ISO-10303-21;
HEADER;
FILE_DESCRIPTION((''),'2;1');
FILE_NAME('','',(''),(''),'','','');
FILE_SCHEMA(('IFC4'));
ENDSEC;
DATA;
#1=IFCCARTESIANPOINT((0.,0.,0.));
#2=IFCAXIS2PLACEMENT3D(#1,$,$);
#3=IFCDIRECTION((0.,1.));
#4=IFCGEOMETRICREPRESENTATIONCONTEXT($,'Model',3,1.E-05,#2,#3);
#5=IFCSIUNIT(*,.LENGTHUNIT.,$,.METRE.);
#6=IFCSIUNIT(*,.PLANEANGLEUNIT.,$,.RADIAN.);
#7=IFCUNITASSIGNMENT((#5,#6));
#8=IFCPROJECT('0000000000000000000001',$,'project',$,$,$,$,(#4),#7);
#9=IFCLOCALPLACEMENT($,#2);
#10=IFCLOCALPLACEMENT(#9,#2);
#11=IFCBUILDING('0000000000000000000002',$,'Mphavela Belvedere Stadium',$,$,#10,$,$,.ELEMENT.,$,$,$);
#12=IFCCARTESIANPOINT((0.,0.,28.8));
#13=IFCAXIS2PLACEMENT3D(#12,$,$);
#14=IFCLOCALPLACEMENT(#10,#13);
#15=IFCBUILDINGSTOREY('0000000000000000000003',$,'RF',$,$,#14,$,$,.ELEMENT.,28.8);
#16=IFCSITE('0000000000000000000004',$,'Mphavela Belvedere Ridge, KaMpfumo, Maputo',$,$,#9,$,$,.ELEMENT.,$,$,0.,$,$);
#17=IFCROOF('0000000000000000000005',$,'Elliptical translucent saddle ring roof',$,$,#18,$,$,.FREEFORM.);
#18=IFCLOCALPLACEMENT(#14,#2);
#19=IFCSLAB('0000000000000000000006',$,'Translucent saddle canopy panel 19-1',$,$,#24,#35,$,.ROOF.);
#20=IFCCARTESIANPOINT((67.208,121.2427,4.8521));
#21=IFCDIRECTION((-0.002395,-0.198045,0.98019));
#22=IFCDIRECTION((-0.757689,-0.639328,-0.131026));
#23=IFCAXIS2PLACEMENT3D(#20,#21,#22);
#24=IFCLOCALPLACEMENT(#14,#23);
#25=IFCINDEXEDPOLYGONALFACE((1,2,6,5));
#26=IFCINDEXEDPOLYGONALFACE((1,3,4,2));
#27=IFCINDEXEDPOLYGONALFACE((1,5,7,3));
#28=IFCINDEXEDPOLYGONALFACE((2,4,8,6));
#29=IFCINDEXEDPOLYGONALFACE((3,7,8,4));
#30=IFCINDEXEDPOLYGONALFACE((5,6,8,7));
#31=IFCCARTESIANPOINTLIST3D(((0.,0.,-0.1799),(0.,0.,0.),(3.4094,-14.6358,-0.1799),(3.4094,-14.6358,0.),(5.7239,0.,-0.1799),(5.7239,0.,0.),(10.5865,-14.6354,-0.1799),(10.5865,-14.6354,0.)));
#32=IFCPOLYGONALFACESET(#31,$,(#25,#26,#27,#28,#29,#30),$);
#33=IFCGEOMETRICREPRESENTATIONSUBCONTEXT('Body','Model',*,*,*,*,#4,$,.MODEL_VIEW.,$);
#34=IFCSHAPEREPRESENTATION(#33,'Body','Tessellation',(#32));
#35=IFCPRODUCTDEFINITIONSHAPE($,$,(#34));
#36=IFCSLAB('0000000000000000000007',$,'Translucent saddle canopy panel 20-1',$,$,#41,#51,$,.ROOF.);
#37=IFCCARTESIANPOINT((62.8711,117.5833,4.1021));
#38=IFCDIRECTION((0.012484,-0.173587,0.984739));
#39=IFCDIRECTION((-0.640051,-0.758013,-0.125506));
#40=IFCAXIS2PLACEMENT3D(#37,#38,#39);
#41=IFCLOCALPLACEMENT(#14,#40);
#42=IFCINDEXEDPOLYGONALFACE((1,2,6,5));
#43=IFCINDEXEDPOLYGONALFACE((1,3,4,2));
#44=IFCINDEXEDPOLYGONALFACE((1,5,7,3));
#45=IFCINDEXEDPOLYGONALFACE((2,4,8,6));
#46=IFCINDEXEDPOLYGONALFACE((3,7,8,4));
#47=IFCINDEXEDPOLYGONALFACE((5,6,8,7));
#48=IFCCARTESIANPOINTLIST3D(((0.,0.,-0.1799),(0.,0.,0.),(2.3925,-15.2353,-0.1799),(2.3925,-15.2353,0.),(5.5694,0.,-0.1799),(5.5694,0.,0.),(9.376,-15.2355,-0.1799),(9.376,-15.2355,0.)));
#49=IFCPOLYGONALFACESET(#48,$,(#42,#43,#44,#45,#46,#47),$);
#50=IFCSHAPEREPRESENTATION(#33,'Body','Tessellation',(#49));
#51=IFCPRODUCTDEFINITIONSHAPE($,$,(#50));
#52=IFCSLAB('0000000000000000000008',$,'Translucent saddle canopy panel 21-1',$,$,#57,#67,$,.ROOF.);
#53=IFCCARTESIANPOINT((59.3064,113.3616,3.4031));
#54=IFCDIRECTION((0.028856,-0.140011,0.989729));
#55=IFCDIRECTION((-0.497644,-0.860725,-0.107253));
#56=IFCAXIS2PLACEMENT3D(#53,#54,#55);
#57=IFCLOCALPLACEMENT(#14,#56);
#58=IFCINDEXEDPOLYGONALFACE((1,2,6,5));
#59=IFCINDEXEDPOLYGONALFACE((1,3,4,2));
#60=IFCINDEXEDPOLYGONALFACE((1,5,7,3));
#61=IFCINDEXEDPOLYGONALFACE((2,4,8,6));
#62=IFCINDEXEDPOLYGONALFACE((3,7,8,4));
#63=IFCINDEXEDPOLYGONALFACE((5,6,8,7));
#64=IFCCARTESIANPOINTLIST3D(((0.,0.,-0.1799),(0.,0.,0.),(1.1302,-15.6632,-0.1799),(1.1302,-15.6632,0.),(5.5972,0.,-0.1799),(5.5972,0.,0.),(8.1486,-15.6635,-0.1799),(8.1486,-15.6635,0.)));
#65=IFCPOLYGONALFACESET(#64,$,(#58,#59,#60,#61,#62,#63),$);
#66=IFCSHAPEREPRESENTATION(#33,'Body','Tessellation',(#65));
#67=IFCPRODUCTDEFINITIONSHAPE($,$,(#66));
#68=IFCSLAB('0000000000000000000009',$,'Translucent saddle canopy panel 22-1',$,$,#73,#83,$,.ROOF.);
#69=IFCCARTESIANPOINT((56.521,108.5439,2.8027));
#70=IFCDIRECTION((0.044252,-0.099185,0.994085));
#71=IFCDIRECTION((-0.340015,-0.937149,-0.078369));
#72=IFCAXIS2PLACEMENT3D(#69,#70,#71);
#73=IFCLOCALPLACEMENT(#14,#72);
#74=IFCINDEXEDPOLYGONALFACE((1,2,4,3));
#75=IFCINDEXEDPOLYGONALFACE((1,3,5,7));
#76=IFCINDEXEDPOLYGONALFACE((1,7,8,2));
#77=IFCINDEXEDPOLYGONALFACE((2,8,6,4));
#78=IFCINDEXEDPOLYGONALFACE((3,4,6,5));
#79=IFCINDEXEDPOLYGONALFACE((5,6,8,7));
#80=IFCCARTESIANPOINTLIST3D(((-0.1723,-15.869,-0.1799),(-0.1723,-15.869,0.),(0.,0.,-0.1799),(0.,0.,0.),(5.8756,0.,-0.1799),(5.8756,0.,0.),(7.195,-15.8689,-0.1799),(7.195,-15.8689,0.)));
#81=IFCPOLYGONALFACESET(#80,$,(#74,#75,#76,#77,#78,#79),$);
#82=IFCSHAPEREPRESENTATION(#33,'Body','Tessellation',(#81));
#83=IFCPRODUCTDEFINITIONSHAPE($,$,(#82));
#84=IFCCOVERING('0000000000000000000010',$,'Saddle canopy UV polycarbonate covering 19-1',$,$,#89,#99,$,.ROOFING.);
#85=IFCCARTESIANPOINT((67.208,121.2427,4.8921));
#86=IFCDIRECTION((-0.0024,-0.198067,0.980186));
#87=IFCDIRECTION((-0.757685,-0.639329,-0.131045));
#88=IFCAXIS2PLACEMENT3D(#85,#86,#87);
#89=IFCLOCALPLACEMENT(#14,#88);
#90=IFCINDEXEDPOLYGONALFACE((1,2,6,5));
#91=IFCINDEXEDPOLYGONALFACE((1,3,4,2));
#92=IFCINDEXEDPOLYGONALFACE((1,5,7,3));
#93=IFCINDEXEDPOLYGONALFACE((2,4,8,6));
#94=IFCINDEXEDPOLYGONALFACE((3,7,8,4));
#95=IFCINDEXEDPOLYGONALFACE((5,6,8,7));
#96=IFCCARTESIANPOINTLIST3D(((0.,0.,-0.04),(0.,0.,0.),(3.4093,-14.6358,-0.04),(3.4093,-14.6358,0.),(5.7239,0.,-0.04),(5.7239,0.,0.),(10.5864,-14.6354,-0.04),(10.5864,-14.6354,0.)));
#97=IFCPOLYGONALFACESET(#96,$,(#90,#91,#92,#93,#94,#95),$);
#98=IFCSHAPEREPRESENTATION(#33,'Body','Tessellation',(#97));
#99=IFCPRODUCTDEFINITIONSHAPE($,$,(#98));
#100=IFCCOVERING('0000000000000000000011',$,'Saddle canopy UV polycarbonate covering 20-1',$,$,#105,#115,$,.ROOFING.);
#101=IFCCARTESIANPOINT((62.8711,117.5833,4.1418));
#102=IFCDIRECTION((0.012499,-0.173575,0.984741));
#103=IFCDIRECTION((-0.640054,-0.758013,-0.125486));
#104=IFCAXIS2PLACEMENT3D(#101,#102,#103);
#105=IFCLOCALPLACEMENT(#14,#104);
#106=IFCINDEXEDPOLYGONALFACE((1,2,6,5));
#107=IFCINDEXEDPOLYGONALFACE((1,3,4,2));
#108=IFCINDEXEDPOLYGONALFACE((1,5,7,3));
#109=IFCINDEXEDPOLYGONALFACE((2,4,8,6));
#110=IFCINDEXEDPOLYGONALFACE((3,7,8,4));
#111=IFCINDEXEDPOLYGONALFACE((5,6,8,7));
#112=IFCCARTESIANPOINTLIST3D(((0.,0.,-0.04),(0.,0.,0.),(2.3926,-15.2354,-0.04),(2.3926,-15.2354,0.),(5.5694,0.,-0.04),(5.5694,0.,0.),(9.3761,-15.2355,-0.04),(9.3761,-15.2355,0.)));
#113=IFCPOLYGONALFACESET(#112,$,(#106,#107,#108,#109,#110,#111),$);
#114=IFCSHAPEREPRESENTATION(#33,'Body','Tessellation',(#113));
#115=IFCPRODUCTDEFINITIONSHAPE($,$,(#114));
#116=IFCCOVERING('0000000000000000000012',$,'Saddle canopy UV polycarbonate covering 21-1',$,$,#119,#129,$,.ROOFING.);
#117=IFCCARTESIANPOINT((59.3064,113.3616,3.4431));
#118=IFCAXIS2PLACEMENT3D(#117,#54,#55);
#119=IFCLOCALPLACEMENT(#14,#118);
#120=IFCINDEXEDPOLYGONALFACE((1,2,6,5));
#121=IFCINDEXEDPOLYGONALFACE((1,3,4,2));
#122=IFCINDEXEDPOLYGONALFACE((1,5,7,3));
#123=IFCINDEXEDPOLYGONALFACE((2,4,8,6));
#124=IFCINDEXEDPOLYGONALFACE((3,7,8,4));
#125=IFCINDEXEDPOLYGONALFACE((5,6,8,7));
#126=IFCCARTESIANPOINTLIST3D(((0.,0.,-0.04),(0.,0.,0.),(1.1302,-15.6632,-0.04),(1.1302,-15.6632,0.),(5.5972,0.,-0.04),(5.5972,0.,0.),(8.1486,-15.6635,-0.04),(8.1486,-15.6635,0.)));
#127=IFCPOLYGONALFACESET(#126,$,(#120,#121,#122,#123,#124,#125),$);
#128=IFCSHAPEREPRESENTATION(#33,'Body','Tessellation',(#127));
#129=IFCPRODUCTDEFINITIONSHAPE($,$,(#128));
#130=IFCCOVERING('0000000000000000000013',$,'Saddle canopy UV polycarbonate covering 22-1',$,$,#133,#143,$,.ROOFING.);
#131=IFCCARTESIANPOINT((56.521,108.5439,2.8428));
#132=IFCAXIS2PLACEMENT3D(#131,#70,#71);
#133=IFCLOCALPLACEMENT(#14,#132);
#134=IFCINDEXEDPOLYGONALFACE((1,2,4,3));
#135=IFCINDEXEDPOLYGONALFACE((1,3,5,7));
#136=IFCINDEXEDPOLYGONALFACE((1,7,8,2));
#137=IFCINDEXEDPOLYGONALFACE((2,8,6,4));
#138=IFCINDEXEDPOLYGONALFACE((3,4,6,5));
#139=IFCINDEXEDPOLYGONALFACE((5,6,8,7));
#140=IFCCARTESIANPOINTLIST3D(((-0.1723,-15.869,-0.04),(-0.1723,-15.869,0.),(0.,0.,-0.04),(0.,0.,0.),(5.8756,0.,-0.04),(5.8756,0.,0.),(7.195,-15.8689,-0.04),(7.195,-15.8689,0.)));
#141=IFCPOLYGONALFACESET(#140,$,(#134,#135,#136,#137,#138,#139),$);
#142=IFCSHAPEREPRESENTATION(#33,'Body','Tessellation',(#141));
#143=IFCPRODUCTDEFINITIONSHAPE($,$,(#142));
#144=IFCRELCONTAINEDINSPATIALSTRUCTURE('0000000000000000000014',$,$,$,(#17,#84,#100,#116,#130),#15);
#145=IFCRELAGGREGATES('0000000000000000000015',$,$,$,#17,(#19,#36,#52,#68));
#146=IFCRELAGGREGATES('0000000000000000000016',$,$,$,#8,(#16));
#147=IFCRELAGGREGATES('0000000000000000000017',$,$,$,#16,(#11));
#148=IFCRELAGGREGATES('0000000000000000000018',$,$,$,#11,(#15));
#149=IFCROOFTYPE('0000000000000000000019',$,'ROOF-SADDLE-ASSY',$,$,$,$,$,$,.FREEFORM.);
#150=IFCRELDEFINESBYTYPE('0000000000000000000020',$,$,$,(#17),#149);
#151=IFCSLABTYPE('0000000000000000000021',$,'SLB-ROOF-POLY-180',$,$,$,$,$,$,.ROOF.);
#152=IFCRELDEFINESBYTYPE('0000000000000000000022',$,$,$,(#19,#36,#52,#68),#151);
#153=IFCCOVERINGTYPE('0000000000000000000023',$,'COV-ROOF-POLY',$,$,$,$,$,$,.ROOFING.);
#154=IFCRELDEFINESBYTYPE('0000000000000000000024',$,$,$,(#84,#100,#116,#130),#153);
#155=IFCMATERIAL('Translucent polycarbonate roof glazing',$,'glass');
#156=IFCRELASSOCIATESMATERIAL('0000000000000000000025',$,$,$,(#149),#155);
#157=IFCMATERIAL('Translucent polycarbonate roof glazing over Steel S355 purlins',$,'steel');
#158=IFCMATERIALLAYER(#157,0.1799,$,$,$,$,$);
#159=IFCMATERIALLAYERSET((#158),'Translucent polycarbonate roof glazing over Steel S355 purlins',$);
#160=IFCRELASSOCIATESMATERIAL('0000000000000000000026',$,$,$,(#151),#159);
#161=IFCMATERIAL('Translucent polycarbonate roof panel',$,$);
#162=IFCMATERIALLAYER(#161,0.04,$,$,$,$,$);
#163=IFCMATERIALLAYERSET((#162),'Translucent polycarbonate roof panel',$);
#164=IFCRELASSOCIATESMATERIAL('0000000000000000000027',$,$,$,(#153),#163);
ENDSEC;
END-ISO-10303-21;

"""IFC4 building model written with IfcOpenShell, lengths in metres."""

from ifc_helpers import new_model, si_unit, direction, frame, origin, place, context, subcontext, project, spatial, polyline, outline, extrude, material, layer, layer_set, type_object, element, aggregate, save


model = new_model("IFC4")

# Units and contexts
model_context = context("Model", 3, precision=1e-05, world=origin(), true_north=direction((0.0, 1.0)))
body_context = subcontext(model_context, "Body", "Model", "MODEL_VIEW")
ifc_project = project(units=[si_unit("LENGTHUNIT", "METRE"), si_unit("PLANEANGLEUNIT", "RADIAN")], contexts=[model_context])

# Site, building, storey
site_placement = place(None, origin())
site = spatial("IfcSite", under=ifc_project, at=site_placement, Name="Mphavela Belvedere Ridge, KaMpfumo, Maputo", CompositionType="ELEMENT", RefElevation=0.0)
building_placement = place(site_placement, origin())
building = spatial("IfcBuilding", under=site, at=building_placement, Name="Mphavela Belvedere Stadium", CompositionType="ELEMENT")
storey_placement = place(building_placement, frame((0.0, 0.0, 28.8)))
storey = spatial("IfcBuildingStorey", under=building, at=storey_placement, Name="RF", CompositionType="ELEMENT", Elevation=28.8)

# Roof, slabs
ifc_material_1 = material(Name="Translucent polycarbonate roof glazing", Category="glass")
roof_type = type_object("IfcRoofType", Name="ROOF-SADDLE-ASSY", PredefinedType="FREEFORM", material=ifc_material_1)
roof_placement = place(storey_placement, origin())
roof = element("IfcRoof", 1, at=roof_placement, inside=storey, type_object=roof_type, Name="Elliptical translucent saddle ring roof", PredefinedType="FREEFORM")
ifc_material_2 = material(Name="Translucent polycarbonate roof glazing over Steel S355 purlins", Category="steel")
ifc_layer_1 = layer(ifc_material_2, 0.1799)
ifc_layer_set_1 = layer_set([ifc_layer_1], Name="Translucent polycarbonate roof glazing over Steel S355 purlins")
slab_type = type_object("IfcSlabType", Name="SLB-ROOF-POLY-180", PredefinedType="ROOF", material=ifc_layer_set_1)
slab_1_placement = place(storey_placement, frame((67.208, 121.2427, 4.8521), z_axis=(-0.002395, -0.198045, 0.98019), x_axis=(-0.757689, -0.639328, -0.131026)))
slab_1 = element("IfcSlab", 2, at=slab_1_placement, type_object=slab_type, Name="Translucent saddle canopy panel 19-1", PredefinedType="ROOF", context=body_context, shape_type="SweptSolid", body=[
    extrude(outline(polyline([(0.0, 0.0), (5.7239, 0.0), (10.5865, -14.6354), (3.4094, -14.6358), (0.0, 0.0)])), origin(), (0.0, 0.0, -1.0), 0.1799),
])
slab_2_placement = place(storey_placement, frame((62.8711, 117.5833, 4.1021), z_axis=(0.012484, -0.173587, 0.984739), x_axis=(-0.640051, -0.758013, -0.125506)))
slab_2 = element("IfcSlab", 3, at=slab_2_placement, type_object=slab_type, Name="Translucent saddle canopy panel 20-1", PredefinedType="ROOF", context=body_context, shape_type="SweptSolid", body=[
    extrude(outline(polyline([(0.0, 0.0), (5.5694, 0.0), (9.376, -15.2355), (2.3925, -15.2353), (0.0, 0.0)])), origin(), (0.0, 0.0, -1.0), 0.1799),
])
slab_3_placement = place(storey_placement, frame((59.3064, 113.3616, 3.4031), z_axis=(0.028856, -0.140011, 0.989729), x_axis=(-0.497644, -0.860725, -0.107253)))
slab_3 = element("IfcSlab", 4, at=slab_3_placement, type_object=slab_type, Name="Translucent saddle canopy panel 21-1", PredefinedType="ROOF", context=body_context, shape_type="SweptSolid", body=[
    extrude(outline(polyline([(0.0, 0.0), (5.5972, 0.0), (8.1486, -15.6635), (1.1302, -15.6632), (0.0, 0.0)])), origin(), (0.0, 0.0, -1.0), 0.1799),
])
slab_4_placement = place(storey_placement, frame((56.521, 108.5439, 2.8027), z_axis=(0.044252, -0.099185, 0.994085), x_axis=(-0.340015, -0.937149, -0.078369)))
slab_4 = element("IfcSlab", 5, at=slab_4_placement, type_object=slab_type, Name="Translucent saddle canopy panel 22-1", PredefinedType="ROOF", context=body_context, shape_type="SweptSolid", body=[
    extrude(outline(polyline([(0.0, 0.0), (5.8756, 0.0), (7.195, -15.8689), (-0.1723, -15.869), (0.0, 0.0)])), origin(), (0.0, 0.0, -1.0), 0.1799),
])
aggregate(roof, [slab_1, slab_2, slab_3, slab_4])

# Coverings
ifc_material_3 = material(Name="Translucent polycarbonate roof panel")
ifc_layer_2 = layer(ifc_material_3, 0.04)
ifc_layer_set_2 = layer_set([ifc_layer_2], Name="Translucent polycarbonate roof panel")
covering_type = type_object("IfcCoveringType", Name="COV-ROOF-POLY", PredefinedType="ROOFING", material=ifc_layer_set_2)
covering_1_placement = place(storey_placement, frame((67.208, 121.2427, 4.8921), z_axis=(-0.0024, -0.198067, 0.980186), x_axis=(-0.757685, -0.639329, -0.131045)))
element("IfcCovering", 6, at=covering_1_placement, inside=storey, type_object=covering_type, Name="Saddle canopy UV polycarbonate covering 19-1", PredefinedType="ROOFING", context=body_context, shape_type="SweptSolid", body=[
    extrude(outline(polyline([(0.0, 0.0), (5.7239, 0.0), (10.5864, -14.6354), (3.4093, -14.6358), (0.0, 0.0)])), origin(), (0.0, 0.0, -1.0), 0.04),
])
covering_2_placement = place(storey_placement, frame((62.8711, 117.5833, 4.1418), z_axis=(0.012499, -0.173575, 0.984741), x_axis=(-0.640054, -0.758013, -0.125486)))
element("IfcCovering", 7, at=covering_2_placement, inside=storey, type_object=covering_type, Name="Saddle canopy UV polycarbonate covering 20-1", PredefinedType="ROOFING", context=body_context, shape_type="SweptSolid", body=[
    extrude(outline(polyline([(0.0, 0.0), (5.5694, 0.0), (9.3761, -15.2355), (2.3926, -15.2354), (0.0, 0.0)])), origin(), (0.0, 0.0, -1.0), 0.04),
])
covering_3_placement = place(storey_placement, frame((59.3064, 113.3616, 3.4431), z_axis=(0.028856, -0.140011, 0.989729), x_axis=(-0.497644, -0.860725, -0.107253)))
element("IfcCovering", 8, at=covering_3_placement, inside=storey, type_object=covering_type, Name="Saddle canopy UV polycarbonate covering 21-1", PredefinedType="ROOFING", context=body_context, shape_type="SweptSolid", body=[
    extrude(outline(polyline([(0.0, 0.0), (5.5972, 0.0), (8.1486, -15.6635), (1.1302, -15.6632), (0.0, 0.0)])), origin(), (0.0, 0.0, -1.0), 0.04),
])
covering_4_placement = place(storey_placement, frame((56.521, 108.5439, 2.8428), z_axis=(0.044252, -0.099185, 0.994085), x_axis=(-0.340015, -0.937149, -0.078369)))
element("IfcCovering", 9, at=covering_4_placement, inside=storey, type_object=covering_type, Name="Saddle canopy UV polycarbonate covering 22-1", PredefinedType="ROOFING", context=body_context, shape_type="SweptSolid", body=[
    extrude(outline(polyline([(0.0, 0.0), (5.8756, 0.0), (7.195, -15.8689), (-0.1723, -15.869), (0.0, 0.0)])), origin(), (0.0, 0.0, -1.0), 0.04),
])

save(model, "model.ifc")
